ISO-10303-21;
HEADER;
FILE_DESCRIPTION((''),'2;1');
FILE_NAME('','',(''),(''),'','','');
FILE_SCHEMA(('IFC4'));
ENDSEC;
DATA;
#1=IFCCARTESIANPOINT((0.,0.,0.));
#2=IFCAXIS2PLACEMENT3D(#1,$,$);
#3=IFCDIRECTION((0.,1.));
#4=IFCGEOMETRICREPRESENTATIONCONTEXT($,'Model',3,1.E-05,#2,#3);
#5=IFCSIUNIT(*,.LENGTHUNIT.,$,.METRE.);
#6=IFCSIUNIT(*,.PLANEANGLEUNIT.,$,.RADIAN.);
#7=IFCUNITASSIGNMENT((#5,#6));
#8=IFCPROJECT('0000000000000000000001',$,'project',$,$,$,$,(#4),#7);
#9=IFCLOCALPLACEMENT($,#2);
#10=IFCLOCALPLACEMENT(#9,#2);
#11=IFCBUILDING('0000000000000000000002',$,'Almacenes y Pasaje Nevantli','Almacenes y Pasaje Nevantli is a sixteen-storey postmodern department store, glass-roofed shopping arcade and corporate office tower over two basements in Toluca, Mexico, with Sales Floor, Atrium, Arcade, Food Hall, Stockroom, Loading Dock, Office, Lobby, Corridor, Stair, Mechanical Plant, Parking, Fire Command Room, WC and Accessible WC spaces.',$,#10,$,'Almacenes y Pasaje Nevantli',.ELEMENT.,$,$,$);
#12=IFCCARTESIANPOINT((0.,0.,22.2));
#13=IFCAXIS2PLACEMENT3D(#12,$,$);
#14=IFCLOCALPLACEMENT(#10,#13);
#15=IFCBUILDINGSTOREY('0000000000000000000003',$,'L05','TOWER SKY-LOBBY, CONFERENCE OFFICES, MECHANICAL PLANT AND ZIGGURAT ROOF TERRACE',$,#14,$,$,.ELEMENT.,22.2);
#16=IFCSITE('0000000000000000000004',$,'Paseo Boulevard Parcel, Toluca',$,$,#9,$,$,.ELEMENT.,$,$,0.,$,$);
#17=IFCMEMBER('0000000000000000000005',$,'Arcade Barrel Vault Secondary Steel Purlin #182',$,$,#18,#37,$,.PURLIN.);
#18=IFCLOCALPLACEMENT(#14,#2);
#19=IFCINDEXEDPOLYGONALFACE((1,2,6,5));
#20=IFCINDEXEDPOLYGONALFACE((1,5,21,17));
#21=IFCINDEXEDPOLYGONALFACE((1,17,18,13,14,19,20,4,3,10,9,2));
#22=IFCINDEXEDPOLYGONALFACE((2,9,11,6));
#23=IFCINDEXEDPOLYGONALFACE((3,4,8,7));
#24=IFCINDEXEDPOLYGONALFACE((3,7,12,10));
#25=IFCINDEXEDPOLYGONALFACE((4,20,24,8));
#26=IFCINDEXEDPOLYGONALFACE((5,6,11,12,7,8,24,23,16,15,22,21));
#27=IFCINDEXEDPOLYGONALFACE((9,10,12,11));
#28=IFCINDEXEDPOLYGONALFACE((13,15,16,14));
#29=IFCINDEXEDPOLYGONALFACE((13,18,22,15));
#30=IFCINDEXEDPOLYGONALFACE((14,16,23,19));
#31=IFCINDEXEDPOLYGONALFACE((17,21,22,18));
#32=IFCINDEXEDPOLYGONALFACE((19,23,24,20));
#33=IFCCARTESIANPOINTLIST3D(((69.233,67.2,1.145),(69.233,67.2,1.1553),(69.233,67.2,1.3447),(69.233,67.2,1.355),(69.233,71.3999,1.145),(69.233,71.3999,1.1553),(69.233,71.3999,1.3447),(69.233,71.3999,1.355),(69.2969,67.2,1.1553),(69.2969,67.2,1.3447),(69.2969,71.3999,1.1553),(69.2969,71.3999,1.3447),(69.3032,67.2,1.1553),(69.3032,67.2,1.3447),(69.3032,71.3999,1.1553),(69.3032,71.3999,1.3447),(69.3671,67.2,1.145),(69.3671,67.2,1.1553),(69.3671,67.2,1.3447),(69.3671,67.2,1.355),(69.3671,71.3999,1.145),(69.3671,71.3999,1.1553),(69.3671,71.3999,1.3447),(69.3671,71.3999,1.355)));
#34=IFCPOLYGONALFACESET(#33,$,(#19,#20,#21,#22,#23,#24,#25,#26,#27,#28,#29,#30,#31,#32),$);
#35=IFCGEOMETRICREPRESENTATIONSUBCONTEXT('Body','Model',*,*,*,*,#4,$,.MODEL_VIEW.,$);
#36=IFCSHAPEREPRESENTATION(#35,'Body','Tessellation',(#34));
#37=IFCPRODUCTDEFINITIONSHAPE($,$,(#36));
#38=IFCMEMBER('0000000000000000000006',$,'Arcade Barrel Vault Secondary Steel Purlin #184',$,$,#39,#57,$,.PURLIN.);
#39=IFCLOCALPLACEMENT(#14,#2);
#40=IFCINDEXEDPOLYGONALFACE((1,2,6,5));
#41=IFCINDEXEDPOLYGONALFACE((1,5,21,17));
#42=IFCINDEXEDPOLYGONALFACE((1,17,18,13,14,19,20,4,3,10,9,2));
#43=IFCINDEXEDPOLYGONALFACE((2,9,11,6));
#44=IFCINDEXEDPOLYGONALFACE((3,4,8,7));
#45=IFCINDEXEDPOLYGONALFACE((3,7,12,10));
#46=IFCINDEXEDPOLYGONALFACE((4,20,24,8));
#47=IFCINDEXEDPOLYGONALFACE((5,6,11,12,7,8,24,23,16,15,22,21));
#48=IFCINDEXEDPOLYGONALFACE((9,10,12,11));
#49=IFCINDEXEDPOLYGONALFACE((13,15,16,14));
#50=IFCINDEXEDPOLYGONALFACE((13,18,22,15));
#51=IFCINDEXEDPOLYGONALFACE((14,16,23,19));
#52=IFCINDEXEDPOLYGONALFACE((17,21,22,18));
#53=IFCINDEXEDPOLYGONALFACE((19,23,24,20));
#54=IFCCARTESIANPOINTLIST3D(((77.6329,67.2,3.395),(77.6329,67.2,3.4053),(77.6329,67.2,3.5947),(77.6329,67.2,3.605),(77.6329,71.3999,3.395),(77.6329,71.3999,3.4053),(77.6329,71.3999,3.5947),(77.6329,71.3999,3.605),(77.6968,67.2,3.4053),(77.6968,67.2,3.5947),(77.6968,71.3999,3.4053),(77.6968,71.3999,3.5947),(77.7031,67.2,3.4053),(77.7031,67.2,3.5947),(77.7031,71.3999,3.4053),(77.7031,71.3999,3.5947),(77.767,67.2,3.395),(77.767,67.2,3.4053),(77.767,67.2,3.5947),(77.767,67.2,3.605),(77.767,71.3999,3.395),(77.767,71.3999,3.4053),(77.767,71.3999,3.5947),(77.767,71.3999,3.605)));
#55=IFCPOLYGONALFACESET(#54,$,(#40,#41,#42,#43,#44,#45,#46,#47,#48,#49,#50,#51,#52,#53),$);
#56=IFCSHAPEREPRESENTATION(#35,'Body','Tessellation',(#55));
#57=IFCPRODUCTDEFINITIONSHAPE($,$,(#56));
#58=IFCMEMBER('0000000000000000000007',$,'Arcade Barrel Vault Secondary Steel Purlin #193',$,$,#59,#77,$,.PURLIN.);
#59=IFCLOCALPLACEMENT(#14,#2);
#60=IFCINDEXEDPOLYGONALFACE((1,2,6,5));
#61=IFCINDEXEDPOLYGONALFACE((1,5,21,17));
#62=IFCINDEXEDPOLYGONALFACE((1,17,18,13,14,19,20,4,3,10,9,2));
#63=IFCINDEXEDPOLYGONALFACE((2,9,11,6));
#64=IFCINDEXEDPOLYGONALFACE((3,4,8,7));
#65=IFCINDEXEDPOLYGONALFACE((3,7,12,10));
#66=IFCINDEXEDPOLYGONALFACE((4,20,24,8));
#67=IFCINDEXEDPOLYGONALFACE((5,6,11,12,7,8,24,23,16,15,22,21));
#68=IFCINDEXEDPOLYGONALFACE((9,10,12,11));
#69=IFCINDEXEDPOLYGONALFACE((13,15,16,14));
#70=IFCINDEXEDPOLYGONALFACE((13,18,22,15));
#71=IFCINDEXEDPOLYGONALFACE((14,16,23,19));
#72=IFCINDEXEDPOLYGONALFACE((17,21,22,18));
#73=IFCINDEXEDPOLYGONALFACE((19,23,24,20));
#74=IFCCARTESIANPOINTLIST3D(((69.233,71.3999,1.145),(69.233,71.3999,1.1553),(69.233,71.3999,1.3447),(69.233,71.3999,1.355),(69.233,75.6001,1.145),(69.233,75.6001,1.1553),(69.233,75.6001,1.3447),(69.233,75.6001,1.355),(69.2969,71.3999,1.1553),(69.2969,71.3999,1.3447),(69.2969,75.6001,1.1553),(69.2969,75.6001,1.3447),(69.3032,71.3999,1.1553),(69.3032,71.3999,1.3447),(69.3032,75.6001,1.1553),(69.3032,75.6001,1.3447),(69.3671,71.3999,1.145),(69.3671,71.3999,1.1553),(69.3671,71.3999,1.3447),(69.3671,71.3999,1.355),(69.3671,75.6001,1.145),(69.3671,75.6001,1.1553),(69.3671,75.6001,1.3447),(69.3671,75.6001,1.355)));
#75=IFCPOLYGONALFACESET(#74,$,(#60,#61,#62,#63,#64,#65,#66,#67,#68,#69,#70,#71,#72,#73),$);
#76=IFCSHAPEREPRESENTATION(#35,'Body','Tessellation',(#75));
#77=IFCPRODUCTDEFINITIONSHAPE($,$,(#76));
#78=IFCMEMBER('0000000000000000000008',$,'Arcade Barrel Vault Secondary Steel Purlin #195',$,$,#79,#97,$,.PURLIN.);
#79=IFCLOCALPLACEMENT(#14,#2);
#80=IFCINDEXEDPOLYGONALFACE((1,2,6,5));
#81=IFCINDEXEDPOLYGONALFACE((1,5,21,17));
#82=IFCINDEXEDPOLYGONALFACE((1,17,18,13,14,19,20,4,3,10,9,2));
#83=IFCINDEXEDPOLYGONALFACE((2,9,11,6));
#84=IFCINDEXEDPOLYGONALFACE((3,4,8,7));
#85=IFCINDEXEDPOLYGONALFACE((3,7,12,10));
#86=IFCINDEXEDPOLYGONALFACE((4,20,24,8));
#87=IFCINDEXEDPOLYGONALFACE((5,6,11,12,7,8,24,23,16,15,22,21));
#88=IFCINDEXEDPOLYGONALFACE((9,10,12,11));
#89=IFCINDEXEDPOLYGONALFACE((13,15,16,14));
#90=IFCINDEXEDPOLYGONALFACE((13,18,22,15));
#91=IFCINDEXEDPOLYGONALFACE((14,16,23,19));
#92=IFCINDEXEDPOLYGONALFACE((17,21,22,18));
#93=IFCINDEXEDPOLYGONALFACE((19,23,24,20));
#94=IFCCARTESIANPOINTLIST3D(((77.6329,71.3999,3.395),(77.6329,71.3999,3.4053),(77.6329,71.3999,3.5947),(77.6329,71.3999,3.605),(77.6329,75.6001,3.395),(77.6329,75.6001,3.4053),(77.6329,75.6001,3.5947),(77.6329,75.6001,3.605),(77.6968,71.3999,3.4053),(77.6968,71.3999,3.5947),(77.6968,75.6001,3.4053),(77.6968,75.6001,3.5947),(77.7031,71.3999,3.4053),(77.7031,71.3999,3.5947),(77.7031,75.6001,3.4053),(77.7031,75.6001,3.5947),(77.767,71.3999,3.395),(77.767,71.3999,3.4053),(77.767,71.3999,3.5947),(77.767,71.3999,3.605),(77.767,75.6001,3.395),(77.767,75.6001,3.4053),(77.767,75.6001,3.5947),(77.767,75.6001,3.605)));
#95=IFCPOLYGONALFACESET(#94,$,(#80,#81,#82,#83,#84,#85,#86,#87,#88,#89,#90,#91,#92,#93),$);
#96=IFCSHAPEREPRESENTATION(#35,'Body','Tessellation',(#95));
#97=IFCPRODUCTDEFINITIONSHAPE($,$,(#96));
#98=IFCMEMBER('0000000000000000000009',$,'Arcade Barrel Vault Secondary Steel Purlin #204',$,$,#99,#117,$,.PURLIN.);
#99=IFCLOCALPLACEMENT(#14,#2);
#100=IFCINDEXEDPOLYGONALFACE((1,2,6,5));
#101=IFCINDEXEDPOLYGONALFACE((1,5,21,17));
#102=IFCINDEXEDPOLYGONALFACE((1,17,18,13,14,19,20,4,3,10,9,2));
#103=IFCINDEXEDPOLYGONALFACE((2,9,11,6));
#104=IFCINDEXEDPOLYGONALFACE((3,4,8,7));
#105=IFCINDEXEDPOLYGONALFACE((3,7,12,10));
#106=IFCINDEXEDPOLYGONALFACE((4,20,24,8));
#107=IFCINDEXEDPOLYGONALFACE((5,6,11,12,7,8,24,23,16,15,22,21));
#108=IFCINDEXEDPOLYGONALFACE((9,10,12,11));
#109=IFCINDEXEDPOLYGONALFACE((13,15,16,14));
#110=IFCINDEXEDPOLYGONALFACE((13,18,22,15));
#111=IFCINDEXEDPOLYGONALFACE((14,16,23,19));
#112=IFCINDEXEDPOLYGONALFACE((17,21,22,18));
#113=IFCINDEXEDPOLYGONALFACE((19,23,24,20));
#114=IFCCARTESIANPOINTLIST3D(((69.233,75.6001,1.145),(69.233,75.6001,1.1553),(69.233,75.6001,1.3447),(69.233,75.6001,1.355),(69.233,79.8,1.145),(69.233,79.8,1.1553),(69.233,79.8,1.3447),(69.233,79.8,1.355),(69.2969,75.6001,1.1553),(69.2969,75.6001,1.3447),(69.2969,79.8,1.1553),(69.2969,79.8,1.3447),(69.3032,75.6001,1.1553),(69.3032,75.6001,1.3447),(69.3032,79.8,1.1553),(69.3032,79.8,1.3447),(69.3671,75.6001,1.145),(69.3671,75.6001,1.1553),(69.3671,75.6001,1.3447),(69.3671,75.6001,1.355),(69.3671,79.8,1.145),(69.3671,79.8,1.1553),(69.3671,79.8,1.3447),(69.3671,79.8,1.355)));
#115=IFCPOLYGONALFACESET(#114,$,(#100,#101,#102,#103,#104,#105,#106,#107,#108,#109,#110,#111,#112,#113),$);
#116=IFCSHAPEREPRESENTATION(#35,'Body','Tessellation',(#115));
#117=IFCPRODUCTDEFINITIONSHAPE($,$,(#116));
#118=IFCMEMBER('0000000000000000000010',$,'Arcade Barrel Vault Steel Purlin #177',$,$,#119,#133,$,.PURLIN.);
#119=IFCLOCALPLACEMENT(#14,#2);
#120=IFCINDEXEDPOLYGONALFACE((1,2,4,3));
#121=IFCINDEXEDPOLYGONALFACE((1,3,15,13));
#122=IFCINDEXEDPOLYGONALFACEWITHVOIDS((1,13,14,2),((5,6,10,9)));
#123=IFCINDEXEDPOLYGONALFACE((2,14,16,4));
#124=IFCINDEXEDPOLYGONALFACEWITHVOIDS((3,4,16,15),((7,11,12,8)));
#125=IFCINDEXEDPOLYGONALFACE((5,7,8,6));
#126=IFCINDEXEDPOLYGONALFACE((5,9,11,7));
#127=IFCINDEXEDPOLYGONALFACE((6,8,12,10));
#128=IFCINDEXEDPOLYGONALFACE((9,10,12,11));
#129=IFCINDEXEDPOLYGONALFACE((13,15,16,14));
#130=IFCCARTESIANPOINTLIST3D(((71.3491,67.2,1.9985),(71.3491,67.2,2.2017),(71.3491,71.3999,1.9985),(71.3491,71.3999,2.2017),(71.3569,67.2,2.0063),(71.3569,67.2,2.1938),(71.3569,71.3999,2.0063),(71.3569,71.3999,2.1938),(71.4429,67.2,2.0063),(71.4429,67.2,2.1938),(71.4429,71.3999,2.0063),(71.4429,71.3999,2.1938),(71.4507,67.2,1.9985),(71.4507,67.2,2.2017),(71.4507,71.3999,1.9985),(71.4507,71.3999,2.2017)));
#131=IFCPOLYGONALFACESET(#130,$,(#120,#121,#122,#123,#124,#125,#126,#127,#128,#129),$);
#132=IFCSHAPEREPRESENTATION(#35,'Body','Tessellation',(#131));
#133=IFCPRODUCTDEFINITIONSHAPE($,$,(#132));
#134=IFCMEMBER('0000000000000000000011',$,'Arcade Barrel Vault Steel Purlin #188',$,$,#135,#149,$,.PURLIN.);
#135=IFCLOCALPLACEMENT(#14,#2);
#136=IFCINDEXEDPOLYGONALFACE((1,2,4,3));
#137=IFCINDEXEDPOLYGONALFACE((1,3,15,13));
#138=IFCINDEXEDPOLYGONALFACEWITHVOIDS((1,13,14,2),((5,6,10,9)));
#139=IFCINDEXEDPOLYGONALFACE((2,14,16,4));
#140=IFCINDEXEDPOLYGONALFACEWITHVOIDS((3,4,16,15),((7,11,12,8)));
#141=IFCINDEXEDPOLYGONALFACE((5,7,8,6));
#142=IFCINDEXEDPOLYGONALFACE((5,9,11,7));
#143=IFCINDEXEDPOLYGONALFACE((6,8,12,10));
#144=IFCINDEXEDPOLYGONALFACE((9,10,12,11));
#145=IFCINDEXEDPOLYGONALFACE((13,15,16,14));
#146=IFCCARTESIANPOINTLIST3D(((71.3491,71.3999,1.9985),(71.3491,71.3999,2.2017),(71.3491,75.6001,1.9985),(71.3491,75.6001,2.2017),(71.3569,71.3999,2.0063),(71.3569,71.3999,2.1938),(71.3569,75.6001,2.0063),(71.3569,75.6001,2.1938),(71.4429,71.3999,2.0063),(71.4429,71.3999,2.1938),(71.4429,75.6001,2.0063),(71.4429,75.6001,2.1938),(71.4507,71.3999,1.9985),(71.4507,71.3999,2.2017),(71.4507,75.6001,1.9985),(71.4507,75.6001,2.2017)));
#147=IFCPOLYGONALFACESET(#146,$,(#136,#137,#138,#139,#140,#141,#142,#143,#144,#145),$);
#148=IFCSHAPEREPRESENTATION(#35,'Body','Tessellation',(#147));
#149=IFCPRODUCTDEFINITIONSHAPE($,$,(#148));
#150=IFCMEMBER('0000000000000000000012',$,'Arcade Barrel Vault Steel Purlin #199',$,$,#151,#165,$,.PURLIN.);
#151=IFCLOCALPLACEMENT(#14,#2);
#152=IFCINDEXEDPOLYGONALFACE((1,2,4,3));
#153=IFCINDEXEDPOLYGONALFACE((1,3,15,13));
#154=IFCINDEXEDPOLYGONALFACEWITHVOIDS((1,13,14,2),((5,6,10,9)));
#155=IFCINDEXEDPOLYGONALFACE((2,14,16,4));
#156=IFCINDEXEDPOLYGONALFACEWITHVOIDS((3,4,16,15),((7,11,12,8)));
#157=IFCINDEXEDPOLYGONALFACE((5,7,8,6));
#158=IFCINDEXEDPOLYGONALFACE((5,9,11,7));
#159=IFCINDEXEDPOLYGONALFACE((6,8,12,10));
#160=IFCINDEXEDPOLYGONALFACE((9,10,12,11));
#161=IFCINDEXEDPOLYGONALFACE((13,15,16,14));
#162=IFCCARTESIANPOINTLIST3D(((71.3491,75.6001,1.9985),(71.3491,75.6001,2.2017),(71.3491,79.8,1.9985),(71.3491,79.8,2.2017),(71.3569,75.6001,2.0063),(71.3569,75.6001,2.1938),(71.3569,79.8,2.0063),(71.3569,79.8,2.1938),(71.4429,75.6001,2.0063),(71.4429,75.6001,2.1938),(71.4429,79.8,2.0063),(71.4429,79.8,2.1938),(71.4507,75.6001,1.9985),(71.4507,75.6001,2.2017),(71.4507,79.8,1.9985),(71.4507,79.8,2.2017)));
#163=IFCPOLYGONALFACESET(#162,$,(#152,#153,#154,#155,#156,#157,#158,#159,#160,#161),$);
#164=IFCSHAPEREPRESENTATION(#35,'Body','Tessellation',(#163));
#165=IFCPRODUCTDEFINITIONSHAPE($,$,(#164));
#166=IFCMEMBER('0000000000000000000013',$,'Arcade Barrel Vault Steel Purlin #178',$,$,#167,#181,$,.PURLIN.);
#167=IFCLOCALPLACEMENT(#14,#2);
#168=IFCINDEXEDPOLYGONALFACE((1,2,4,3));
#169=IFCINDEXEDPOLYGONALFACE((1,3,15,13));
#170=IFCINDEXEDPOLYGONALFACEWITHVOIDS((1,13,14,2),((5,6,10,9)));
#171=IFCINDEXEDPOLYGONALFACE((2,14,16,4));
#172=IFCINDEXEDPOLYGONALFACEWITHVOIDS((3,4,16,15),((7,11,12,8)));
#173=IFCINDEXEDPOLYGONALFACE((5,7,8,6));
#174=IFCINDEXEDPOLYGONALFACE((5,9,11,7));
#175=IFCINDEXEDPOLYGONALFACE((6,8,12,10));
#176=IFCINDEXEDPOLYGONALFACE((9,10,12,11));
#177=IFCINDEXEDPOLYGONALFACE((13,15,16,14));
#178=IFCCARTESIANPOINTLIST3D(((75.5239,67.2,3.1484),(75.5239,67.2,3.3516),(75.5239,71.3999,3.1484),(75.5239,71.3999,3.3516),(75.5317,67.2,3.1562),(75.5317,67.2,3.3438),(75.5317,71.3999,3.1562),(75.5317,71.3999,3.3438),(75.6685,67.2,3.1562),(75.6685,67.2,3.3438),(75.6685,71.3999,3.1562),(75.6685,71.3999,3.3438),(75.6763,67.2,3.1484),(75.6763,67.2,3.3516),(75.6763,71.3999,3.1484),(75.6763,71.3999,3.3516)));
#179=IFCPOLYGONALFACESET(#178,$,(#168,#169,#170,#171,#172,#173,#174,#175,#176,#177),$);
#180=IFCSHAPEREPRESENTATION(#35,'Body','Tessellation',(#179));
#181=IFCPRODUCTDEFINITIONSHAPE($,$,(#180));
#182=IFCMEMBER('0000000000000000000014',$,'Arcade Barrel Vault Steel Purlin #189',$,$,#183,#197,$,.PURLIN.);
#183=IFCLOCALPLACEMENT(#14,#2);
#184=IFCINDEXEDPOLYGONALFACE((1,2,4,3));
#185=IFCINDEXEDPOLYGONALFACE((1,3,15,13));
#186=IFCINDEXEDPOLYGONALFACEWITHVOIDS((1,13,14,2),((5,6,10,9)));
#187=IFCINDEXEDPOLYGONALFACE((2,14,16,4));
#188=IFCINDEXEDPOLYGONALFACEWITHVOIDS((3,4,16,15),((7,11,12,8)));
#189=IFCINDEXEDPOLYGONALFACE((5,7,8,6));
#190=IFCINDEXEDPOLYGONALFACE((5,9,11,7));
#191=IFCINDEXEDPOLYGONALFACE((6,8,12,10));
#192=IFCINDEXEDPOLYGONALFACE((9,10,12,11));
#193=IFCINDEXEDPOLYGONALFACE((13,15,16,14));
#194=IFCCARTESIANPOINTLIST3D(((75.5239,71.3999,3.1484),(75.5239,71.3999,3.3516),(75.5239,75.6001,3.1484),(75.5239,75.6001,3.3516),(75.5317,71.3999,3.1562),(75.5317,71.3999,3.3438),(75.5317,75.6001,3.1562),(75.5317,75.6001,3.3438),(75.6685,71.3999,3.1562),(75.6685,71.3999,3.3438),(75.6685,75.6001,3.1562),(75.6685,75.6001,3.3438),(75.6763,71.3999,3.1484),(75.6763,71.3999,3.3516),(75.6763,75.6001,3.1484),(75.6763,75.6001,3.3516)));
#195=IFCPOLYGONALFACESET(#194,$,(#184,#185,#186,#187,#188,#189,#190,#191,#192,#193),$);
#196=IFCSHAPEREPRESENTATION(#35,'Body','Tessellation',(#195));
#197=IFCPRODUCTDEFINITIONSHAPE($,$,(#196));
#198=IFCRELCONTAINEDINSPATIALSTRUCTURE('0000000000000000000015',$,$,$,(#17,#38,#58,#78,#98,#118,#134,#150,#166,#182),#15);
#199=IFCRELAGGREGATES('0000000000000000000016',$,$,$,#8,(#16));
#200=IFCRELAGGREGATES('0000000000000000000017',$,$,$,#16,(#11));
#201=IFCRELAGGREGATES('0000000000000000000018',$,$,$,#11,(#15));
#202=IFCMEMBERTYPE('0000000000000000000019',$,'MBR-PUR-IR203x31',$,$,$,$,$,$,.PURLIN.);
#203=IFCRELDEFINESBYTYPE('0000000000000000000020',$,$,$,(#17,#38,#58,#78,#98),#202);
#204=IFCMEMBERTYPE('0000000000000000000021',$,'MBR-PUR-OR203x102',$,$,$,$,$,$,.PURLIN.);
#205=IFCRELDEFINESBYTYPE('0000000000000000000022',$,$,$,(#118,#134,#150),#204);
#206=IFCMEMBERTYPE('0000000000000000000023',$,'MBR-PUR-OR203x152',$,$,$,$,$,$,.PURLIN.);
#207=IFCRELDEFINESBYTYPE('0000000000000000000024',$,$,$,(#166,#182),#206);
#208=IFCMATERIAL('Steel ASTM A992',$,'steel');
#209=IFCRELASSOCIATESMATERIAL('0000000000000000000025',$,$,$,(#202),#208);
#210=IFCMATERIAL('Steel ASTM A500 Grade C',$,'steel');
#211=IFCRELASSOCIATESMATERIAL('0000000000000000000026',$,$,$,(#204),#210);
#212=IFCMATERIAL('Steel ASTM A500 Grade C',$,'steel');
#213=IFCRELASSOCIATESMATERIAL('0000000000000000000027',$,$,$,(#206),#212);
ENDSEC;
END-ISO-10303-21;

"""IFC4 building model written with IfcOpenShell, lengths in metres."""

from ifc_helpers import new_model, si_unit, direction, frame, origin, origin_2d, place, context, subcontext, project, spatial, hollow_rectangle, i_section, extrude, material, material_profile, profile_set, type_object, element, save


model = new_model("IFC4")

# Units and contexts
model_context = context("Model", 3, precision=1e-05, world=origin(), true_north=direction((0.0, 1.0)))
body_context = subcontext(model_context, "Body", "Model", "MODEL_VIEW")
ifc_project = project(units=[si_unit("LENGTHUNIT", "METRE"), si_unit("PLANEANGLEUNIT", "RADIAN")], contexts=[model_context])

# Site, building, storey
site_placement = place(None, origin())
site = spatial("IfcSite", under=ifc_project, at=site_placement, Name="Paseo Boulevard Parcel, Toluca", CompositionType="ELEMENT", RefElevation=0.0)
building_placement = place(site_placement, origin())
building = spatial("IfcBuilding", under=site, at=building_placement, Name="Almacenes y Pasaje Nevantli", Description="Almacenes y Pasaje Nevantli is a sixteen-storey postmodern department store, glass-roofed shopping arcade and corporate office tower over two basements in Toluca, Mexico, with Sales Floor, Atrium, Arcade, Food Hall, Stockroom, Loading Dock, Office, Lobby, Corridor, Stair, Mechanical Plant, Parking, Fire Command Room, WC and Accessible WC spaces.", LongName="Almacenes y Pasaje Nevantli", CompositionType="ELEMENT")
storey_placement = place(building_placement, frame((0.0, 0.0, 22.2)))
storey = spatial("IfcBuildingStorey", under=building, at=storey_placement, Name="L05", Description="TOWER SKY-LOBBY, CONFERENCE OFFICES, MECHANICAL PLANT AND ZIGGURAT ROOF TERRACE", CompositionType="ELEMENT", Elevation=22.2)

# Members
ifc_material_1 = material(Name="Steel ASTM A992", Category="steel")
ifc_material_profile_1 = material_profile(ifc_material_1, i_section(OverallWidth=0.134, OverallDepth=0.21, WebThickness=0.0063, FlangeThickness=0.0103, at=origin_2d()), Name="IR 203x31.3")
ifc_profile_set_1 = profile_set([ifc_material_profile_1], Name="Steel ASTM A992")
member_type_1 = type_object("IfcMemberType", Name="MBR-PUR-IR203x31", PredefinedType="PURLIN", material=ifc_profile_set_1)
for number, where, z_axis, x_axis, name in (
    (1, (69.3, 67.2, 1.25), (0.0, 1.0, 0.0), (-1.0, 0.0, 0.0), "Arcade Barrel Vault Secondary Steel Purlin #182"),
    (2, (77.7, 67.2, 3.5), (0.0, 1.0, 0.0), (-1.0, 0.0, 0.0), "Arcade Barrel Vault Secondary Steel Purlin #184"),
):
    element("IfcMember", number, at=place(storey_placement, frame(where, z_axis=z_axis, x_axis=x_axis)), inside=storey, type_object=member_type_1, Name=name, PredefinedType="PURLIN", context=body_context, shape_type="SweptSolid", body=[
        extrude(i_section(OverallWidth=0.134, OverallDepth=0.21, WebThickness=0.0063, FlangeThickness=0.0103, at=origin_2d()), origin(), (0.0, 0.0, 1.0), 4.2),
    ])
for number, where, z_axis, x_axis, name in (
    (3, (69.3, 71.3999, 1.25), (0.0, 1.0, 0.0), (-1.0, 0.0, 0.0), "Arcade Barrel Vault Secondary Steel Purlin #193"),
    (4, (77.7, 71.3999, 3.5), (0.0, 1.0, 0.0), (-1.0, 0.0, 0.0), "Arcade Barrel Vault Secondary Steel Purlin #195"),
):
    element("IfcMember", number, at=place(storey_placement, frame(where, z_axis=z_axis, x_axis=x_axis)), inside=storey, type_object=member_type_1, Name=name, PredefinedType="PURLIN", context=body_context, shape_type="SweptSolid", body=[
        extrude(i_section(OverallWidth=0.134, OverallDepth=0.21, WebThickness=0.0063, FlangeThickness=0.0103, at=origin_2d()), origin(), (0.0, 0.0, 1.0), 4.2002),
    ])
member_1_placement = place(storey_placement, frame((69.3, 75.6001, 1.25), z_axis=(0.0, 1.0, 0.0), x_axis=(-1.0, 0.0, 0.0)))
element("IfcMember", 5, at=member_1_placement, inside=storey, type_object=member_type_1, Name="Arcade Barrel Vault Secondary Steel Purlin #204", PredefinedType="PURLIN", context=body_context, shape_type="SweptSolid", body=[
    extrude(i_section(OverallWidth=0.134, OverallDepth=0.21, WebThickness=0.0063, FlangeThickness=0.0103, at=origin_2d()), origin(), (0.0, 0.0, 1.0), 4.2),
])
ifc_material_2 = material(Name="Steel ASTM A500 Grade C", Category="steel")
ifc_material_profile_2 = material_profile(ifc_material_2, hollow_rectangle(XDim=0.1016, YDim=0.2031, WallThickness=0.0078, at=origin_2d()), Name="OR 203x102x7.9")
ifc_profile_set_2 = profile_set([ifc_material_profile_2], Name="Steel ASTM A500 Grade C")
member_type_2 = type_object("IfcMemberType", Name="MBR-PUR-OR203x102", PredefinedType="PURLIN", material=ifc_profile_set_2)
member_2_placement = place(storey_placement, frame((71.3999, 67.2, 2.1001), z_axis=(0.0, 1.0, 0.0), x_axis=(-1.0, 0.0, 0.0)))
element("IfcMember", 6, at=member_2_placement, inside=storey, type_object=member_type_2, Name="Arcade Barrel Vault Steel Purlin #177", PredefinedType="PURLIN", context=body_context, shape_type="SweptSolid", body=[
    extrude(hollow_rectangle(XDim=0.1016, YDim=0.2031, WallThickness=0.0078, at=origin_2d()), origin(), (0.0, 0.0, 1.0), 4.2),
])
member_3_placement = place(storey_placement, frame((71.3999, 71.3999, 2.1001), z_axis=(0.0, 1.0, 0.0), x_axis=(-1.0, 0.0, 0.0)))
element("IfcMember", 7, at=member_3_placement, inside=storey, type_object=member_type_2, Name="Arcade Barrel Vault Steel Purlin #188", PredefinedType="PURLIN", context=body_context, shape_type="SweptSolid", body=[
    extrude(hollow_rectangle(XDim=0.1016, YDim=0.2031, WallThickness=0.0078, at=origin_2d()), origin(), (0.0, 0.0, 1.0), 4.2002),
])
member_4_placement = place(storey_placement, frame((71.3999, 75.6001, 2.1001), z_axis=(0.0, 1.0, 0.0), x_axis=(-1.0, 0.0, 0.0)))
element("IfcMember", 8, at=member_4_placement, inside=storey, type_object=member_type_2, Name="Arcade Barrel Vault Steel Purlin #199", PredefinedType="PURLIN", context=body_context, shape_type="SweptSolid", body=[
    extrude(hollow_rectangle(XDim=0.1016, YDim=0.2031, WallThickness=0.0078, at=origin_2d()), origin(), (0.0, 0.0, 1.0), 4.2),
])
ifc_material_3 = material(Name="Steel ASTM A500 Grade C", Category="steel")
ifc_material_profile_3 = material_profile(ifc_material_3, hollow_rectangle(XDim=0.1523, YDim=0.2031, WallThickness=0.0078, at=origin_2d()), Name="OR 203x152x7.9")
ifc_profile_set_3 = profile_set([ifc_material_profile_3], Name="Steel ASTM A500 Grade C")
member_type_3 = type_object("IfcMemberType", Name="MBR-PUR-OR203x152", PredefinedType="PURLIN", material=ifc_profile_set_3)
member_5_placement = place(storey_placement, frame((75.6001, 67.2, 3.25), z_axis=(0.0, 1.0, 0.0), x_axis=(-1.0, 0.0, 0.0)))
element("IfcMember", 9, at=member_5_placement, inside=storey, type_object=member_type_3, Name="Arcade Barrel Vault Steel Purlin #178", PredefinedType="PURLIN", context=body_context, shape_type="SweptSolid", body=[
    extrude(hollow_rectangle(XDim=0.1523, YDim=0.2031, WallThickness=0.0078, at=origin_2d()), origin(), (0.0, 0.0, 1.0), 4.2),
])
member_6_placement = place(storey_placement, frame((75.6001, 71.3999, 3.25), z_axis=(0.0, 1.0, 0.0), x_axis=(-1.0, 0.0, 0.0)))
element("IfcMember", 10, at=member_6_placement, inside=storey, type_object=member_type_3, Name="Arcade Barrel Vault Steel Purlin #189", PredefinedType="PURLIN", context=body_context, shape_type="SweptSolid", body=[
    extrude(hollow_rectangle(XDim=0.1523, YDim=0.2031, WallThickness=0.0078, at=origin_2d()), origin(), (0.0, 0.0, 1.0), 4.2002),
])

save(model, "model.ifc")
